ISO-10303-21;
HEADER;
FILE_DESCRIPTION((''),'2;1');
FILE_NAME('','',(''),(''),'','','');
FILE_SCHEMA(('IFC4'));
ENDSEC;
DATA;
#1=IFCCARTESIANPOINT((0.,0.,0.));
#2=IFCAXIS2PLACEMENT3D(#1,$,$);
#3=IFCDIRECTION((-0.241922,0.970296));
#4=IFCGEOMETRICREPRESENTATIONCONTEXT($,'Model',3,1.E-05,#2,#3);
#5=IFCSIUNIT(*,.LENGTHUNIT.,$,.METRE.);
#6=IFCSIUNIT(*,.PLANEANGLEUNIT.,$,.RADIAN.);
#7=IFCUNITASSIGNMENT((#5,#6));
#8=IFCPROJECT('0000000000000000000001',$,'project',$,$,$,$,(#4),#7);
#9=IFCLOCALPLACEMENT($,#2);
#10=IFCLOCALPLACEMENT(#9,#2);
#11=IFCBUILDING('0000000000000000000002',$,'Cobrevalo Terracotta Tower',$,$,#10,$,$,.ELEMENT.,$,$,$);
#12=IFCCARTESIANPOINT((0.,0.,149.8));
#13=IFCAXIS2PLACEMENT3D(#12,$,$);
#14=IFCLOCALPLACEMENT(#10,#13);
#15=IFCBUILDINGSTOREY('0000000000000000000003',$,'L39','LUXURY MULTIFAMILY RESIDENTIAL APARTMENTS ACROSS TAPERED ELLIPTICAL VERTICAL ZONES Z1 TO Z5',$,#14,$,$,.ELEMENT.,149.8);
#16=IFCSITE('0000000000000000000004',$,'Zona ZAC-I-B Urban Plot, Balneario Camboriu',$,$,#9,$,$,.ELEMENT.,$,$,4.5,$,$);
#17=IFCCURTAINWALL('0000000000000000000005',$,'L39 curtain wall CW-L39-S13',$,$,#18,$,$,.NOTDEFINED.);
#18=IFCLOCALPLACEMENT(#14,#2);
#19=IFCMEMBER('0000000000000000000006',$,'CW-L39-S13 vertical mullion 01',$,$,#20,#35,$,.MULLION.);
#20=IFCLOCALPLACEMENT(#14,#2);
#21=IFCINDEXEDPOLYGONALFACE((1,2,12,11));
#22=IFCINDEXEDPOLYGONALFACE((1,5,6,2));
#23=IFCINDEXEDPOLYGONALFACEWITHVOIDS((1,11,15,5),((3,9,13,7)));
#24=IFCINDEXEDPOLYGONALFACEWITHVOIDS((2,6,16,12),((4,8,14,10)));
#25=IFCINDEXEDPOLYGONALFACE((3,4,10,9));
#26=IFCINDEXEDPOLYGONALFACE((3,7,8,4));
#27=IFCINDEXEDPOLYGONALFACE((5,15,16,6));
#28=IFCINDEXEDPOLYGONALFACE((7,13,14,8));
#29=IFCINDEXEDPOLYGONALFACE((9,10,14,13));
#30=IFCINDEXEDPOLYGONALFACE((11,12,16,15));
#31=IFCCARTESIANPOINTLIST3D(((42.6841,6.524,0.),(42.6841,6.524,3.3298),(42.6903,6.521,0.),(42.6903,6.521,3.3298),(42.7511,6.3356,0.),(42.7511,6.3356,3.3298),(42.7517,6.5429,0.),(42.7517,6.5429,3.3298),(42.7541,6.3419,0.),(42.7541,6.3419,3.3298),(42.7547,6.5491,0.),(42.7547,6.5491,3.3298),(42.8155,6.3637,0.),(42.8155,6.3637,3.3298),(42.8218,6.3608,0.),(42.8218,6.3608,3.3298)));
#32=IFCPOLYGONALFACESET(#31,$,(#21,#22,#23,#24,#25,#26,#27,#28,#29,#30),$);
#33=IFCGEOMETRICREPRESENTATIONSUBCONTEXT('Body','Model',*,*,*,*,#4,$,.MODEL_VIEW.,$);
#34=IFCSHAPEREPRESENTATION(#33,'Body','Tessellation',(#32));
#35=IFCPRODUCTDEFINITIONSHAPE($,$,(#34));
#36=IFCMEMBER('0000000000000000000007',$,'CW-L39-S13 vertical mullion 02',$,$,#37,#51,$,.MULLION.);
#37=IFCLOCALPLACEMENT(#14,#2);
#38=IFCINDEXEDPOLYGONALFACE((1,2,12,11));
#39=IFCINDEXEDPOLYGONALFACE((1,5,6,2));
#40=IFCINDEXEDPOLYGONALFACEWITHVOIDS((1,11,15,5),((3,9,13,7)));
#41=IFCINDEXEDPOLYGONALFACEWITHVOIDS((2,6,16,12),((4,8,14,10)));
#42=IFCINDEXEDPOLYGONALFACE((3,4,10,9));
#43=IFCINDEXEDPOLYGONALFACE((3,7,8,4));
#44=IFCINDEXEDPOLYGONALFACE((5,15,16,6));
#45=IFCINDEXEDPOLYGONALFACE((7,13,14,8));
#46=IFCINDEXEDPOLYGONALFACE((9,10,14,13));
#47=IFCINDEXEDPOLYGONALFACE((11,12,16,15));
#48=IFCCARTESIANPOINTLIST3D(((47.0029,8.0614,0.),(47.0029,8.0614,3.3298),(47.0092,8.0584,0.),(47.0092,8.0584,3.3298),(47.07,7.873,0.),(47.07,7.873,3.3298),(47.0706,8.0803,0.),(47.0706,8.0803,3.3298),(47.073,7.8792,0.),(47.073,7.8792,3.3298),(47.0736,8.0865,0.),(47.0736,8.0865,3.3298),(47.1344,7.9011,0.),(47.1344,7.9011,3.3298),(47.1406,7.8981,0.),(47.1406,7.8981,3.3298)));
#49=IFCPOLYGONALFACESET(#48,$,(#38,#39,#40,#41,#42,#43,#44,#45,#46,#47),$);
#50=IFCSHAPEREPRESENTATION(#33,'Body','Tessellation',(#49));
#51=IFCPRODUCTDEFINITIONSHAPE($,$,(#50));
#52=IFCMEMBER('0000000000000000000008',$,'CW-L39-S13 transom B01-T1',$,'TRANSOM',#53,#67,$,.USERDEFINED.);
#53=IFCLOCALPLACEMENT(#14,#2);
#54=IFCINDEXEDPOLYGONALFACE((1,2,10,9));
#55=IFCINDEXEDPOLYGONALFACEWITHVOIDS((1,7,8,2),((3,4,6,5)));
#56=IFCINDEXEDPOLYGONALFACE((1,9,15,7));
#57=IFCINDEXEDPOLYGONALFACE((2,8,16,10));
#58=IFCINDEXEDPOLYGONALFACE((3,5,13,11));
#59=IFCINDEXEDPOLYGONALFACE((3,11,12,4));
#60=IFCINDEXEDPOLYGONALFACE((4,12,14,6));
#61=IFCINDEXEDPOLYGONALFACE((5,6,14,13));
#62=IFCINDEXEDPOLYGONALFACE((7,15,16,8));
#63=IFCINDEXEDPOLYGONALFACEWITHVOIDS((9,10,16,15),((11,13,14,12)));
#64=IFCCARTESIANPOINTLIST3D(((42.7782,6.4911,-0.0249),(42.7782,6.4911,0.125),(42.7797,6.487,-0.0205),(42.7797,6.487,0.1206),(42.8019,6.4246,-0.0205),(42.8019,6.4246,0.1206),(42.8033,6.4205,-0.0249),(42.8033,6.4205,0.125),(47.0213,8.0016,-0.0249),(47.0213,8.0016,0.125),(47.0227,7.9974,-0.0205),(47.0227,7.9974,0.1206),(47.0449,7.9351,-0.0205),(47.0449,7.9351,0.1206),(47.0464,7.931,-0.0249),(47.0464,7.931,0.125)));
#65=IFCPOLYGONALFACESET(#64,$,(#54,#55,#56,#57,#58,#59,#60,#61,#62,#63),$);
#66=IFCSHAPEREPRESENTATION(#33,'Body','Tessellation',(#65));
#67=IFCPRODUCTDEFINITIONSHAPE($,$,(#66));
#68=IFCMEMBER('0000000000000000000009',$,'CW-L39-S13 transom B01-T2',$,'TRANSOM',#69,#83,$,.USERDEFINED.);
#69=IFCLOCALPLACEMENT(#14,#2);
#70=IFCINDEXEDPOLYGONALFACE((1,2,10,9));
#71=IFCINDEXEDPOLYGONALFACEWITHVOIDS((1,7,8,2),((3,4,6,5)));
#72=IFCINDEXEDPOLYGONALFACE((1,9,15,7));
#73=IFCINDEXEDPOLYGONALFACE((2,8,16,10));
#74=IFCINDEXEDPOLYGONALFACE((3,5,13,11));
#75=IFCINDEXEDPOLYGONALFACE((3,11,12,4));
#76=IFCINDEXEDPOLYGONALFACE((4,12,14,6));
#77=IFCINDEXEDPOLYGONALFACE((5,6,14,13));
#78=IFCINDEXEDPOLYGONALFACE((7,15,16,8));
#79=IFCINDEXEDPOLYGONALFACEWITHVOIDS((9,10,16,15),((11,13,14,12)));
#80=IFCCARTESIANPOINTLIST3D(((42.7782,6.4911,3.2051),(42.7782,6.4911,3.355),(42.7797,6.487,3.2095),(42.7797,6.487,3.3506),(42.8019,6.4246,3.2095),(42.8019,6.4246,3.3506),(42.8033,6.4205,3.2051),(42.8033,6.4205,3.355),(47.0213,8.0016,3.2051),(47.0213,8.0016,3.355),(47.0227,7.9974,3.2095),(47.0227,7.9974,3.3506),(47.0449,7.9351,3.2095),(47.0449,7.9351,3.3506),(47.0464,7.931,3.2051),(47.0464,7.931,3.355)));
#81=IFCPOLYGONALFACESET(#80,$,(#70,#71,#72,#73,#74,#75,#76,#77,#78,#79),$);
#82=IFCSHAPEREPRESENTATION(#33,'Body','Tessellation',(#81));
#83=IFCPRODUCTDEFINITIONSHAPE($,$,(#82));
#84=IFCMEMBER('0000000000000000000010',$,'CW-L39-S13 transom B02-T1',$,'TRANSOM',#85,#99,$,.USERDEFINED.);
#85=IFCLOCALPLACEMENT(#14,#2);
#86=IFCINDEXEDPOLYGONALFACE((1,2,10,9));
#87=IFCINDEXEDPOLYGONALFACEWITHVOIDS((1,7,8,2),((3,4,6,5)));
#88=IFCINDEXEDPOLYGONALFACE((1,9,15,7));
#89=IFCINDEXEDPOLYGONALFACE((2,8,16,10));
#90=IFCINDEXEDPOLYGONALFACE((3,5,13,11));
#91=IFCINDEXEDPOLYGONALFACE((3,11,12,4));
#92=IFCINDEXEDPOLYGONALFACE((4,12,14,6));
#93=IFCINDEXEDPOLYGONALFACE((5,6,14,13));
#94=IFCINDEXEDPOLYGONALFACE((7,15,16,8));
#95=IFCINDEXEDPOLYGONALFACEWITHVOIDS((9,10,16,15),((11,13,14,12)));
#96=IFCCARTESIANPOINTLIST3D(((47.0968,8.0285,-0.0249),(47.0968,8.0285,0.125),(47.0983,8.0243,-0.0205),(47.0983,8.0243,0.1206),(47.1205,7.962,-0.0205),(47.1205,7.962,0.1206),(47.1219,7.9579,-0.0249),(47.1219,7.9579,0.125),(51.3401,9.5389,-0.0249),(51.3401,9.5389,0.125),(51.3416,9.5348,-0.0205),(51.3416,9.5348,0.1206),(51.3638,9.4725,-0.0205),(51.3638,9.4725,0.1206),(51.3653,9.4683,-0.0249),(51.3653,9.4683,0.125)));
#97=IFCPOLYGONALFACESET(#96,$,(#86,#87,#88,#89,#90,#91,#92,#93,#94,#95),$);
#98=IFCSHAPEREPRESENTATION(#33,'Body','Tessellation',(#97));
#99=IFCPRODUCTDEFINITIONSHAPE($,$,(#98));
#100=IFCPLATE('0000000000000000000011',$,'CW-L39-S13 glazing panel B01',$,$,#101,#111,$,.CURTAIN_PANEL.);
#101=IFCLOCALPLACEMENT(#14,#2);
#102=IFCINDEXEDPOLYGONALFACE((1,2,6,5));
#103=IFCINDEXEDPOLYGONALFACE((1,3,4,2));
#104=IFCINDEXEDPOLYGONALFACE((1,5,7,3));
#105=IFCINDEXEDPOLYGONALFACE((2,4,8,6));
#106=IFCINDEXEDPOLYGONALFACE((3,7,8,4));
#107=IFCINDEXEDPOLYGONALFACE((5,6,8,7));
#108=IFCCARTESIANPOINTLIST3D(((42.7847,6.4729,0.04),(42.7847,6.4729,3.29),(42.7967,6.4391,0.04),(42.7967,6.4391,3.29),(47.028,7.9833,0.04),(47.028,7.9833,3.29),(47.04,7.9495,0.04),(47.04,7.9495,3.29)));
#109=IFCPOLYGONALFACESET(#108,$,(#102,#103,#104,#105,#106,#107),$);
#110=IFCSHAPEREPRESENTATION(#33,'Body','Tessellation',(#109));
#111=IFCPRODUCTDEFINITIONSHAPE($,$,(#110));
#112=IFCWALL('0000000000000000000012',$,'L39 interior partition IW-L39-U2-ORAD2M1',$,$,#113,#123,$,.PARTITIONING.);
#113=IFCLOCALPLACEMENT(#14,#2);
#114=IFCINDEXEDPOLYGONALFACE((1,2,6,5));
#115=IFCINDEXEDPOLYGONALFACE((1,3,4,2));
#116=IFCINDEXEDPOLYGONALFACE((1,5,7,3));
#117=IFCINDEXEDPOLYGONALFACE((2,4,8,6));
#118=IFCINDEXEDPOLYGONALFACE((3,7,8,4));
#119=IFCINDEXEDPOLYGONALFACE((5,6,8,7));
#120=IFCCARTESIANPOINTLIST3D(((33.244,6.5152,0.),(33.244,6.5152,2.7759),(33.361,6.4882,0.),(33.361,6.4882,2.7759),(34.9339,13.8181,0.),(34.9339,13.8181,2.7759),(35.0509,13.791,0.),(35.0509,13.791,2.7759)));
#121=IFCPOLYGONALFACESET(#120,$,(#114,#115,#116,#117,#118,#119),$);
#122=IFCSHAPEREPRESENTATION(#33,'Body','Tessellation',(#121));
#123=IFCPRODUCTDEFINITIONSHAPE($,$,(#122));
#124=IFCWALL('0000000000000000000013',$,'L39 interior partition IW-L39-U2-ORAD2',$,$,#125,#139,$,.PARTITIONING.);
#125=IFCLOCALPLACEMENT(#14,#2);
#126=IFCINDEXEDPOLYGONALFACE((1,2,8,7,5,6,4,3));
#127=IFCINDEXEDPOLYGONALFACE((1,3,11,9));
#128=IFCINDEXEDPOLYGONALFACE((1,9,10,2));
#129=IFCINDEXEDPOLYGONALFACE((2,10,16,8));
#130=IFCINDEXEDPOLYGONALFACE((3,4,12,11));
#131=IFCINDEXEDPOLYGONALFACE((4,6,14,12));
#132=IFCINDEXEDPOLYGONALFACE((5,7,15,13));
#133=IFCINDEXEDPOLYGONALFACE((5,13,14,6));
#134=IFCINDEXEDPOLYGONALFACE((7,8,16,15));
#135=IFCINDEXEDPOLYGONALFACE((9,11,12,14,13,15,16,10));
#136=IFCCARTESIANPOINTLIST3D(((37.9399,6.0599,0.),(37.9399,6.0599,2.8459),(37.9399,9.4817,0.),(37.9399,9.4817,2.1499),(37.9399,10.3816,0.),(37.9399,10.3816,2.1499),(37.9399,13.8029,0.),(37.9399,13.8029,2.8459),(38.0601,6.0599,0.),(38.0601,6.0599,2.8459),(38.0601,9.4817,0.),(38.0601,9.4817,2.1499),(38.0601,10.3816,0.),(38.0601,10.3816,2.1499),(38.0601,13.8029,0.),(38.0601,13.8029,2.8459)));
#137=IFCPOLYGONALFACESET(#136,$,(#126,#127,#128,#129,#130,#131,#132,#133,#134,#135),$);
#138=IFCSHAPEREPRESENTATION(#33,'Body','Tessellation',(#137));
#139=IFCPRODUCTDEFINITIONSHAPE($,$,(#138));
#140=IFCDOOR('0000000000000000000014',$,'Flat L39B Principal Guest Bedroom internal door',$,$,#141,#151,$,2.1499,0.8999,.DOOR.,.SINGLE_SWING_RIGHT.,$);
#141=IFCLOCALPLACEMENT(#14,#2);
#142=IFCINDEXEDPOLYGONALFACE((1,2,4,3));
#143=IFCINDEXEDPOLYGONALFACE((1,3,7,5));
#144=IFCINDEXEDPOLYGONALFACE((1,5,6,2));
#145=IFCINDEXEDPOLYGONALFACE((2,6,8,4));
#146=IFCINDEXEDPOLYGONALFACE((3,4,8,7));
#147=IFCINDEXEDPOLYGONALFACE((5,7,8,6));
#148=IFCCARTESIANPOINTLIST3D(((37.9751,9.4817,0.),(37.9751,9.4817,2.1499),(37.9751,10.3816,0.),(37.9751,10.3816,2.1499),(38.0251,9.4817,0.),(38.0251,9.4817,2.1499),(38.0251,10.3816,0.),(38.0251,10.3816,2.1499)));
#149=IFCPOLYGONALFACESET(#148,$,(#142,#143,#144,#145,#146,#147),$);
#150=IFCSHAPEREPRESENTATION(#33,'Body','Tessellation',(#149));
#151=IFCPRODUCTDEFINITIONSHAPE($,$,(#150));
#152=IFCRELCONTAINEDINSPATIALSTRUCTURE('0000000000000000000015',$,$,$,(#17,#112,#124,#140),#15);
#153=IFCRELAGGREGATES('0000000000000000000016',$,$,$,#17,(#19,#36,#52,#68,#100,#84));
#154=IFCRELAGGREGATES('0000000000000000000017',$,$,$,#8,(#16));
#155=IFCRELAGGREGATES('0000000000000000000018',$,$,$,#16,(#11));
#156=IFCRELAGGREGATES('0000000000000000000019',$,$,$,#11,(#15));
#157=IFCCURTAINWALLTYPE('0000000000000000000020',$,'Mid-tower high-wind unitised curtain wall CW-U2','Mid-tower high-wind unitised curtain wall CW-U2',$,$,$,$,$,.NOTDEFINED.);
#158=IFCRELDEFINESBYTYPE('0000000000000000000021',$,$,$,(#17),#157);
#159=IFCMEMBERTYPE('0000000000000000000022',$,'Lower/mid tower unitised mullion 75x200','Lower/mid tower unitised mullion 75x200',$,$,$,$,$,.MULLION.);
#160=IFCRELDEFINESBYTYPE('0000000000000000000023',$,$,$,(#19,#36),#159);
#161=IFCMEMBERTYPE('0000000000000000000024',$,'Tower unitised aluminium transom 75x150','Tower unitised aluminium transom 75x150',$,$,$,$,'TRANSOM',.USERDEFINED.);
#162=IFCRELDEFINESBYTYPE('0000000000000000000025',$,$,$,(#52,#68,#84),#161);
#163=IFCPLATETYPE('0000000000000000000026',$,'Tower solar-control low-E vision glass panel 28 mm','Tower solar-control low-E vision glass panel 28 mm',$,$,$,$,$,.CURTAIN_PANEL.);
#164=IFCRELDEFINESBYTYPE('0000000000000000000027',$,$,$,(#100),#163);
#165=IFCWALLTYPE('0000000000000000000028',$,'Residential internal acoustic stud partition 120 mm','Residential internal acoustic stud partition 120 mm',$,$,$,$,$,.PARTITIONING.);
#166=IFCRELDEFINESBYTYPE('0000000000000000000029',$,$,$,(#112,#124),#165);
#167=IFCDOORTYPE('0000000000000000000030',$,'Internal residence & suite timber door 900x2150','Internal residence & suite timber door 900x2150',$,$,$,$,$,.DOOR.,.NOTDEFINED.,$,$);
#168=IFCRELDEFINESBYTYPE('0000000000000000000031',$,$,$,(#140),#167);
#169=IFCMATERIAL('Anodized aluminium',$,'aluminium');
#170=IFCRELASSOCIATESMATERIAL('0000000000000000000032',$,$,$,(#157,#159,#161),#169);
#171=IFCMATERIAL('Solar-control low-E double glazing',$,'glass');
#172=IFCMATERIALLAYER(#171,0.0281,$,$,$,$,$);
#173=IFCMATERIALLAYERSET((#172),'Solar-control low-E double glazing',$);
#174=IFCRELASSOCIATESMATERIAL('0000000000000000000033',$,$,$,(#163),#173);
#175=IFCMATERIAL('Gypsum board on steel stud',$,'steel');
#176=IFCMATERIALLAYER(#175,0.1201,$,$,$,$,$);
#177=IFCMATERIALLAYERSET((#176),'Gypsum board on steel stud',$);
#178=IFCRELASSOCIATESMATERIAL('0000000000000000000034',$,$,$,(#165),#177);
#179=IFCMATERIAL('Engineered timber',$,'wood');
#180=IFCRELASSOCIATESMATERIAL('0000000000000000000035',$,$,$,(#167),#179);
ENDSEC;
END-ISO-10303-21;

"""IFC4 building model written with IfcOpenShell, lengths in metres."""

from ifc_helpers import new_model, si_unit, direction, frame, frame_2d, origin, origin_2d, place, context, subcontext, project, spatial, rectangle, hollow_rectangle, extrude, source, transform, mapped, material, layer, layer_set, material_profile, profile_set, type_object, element, fill, aggregate, save


model = new_model("IFC4")

# Units and contexts
model_context = context("Model", 3, precision=1e-05, world=origin(), true_north=direction((-0.241922, 0.970296)))
body_context = subcontext(model_context, "Body", "Model", "MODEL_VIEW")
ifc_project = project(units=[si_unit("LENGTHUNIT", "METRE"), si_unit("PLANEANGLEUNIT", "RADIAN")], contexts=[model_context])

# Site, building, storey
site_placement = place(None, origin())
site = spatial("IfcSite", under=ifc_project, at=site_placement, Name="Zona ZAC-I-B Urban Plot, Balneario Camboriu", CompositionType="ELEMENT", RefElevation=4.5)
building_placement = place(site_placement, origin())
building = spatial("IfcBuilding", under=site, at=building_placement, Name="Cobrevalo Terracotta Tower", CompositionType="ELEMENT")
storey_placement = place(building_placement, frame((0.0, 0.0, 149.8)))
storey = spatial("IfcBuildingStorey", under=building, at=storey_placement, Name="L39", Description="LUXURY MULTIFAMILY RESIDENTIAL APARTMENTS ACROSS TAPERED ELLIPTICAL VERTICAL ZONES Z1 TO Z5", CompositionType="ELEMENT", Elevation=149.8)

# Curtain wall, members, plate
ifc_material_1 = material(Name="Anodized aluminium", Category="aluminium")
curtain_wall_type = type_object("IfcCurtainWallType", Name="Mid-tower high-wind unitised curtain wall CW-U2", Description="Mid-tower high-wind unitised curtain wall CW-U2", PredefinedType="NOTDEFINED", material=ifc_material_1)
curtain_wall_placement = place(storey_placement, origin())
curtain_wall = element("IfcCurtainWall", 1, at=curtain_wall_placement, inside=storey, type_object=curtain_wall_type, Name="L39 curtain wall CW-L39-S13", PredefinedType="NOTDEFINED")
ifc_material_profile_1 = material_profile(ifc_material_1, hollow_rectangle(XDim=0.075, YDim=0.2, WallThickness=0.0049, at=origin_2d()), Name="CWM 75x200")
ifc_profile_set_1 = profile_set([ifc_material_profile_1], Name="Anodized aluminium")
member_type_1 = type_object("IfcMemberType", Name="Lower/mid tower unitised mullion 75x200", Description="Lower/mid tower unitised mullion 75x200", PredefinedType="MULLION", material=ifc_profile_set_1)
shared_shape_1 = source(origin(), body_context, "Body", "SweptSolid", [
    extrude(hollow_rectangle(XDim=0.075, YDim=0.2, WallThickness=0.0049, at=origin_2d()), origin(), (0.0, 0.0, 1.0), 3.3298),
])
member_1_placement = place(storey_placement, frame((42.7529, 6.4424, 0.0), z_axis=(0.0, 0.0, 1.0), x_axis=(0.942098, 0.335336, 0.0)))
member_1 = element("IfcMember", 2, at=member_1_placement, type_object=member_type_1, Name="CW-L39-S13 vertical mullion 01", PredefinedType="MULLION", context=body_context, shape_type="MappedRepresentation", body=[
    mapped(shared_shape_1, transform((0.0, 0.0, 0.0), scale=1.0)),
])
member_2_placement = place(storey_placement, frame((47.0718, 7.9797, 0.0), z_axis=(0.0, 0.0, 1.0), x_axis=(0.942098, 0.335336, 0.0)))
member_2 = element("IfcMember", 3, at=member_2_placement, type_object=member_type_1, Name="CW-L39-S13 vertical mullion 02", PredefinedType="MULLION", context=body_context, shape_type="MappedRepresentation", body=[
    mapped(shared_shape_1, transform((0.0, 0.0, 0.0), scale=1.0)),
])
ifc_material_profile_2 = material_profile(ifc_material_1, hollow_rectangle(XDim=0.075, YDim=0.1499, WallThickness=0.0044, at=origin_2d()), Name="CWT 75x150")
ifc_profile_set_2 = profile_set([ifc_material_profile_2], Name="Anodized aluminium")
member_type_2 = type_object("IfcMemberType", Name="Tower unitised aluminium transom 75x150", Description="Tower unitised aluminium transom 75x150", ElementType="TRANSOM", PredefinedType="USERDEFINED", material=ifc_profile_set_2)
shared_shape_2 = source(origin(), body_context, "Body", "SweptSolid", [
    extrude(hollow_rectangle(XDim=0.075, YDim=0.1499, WallThickness=0.0044, at=origin_2d()), origin(), (0.0, 0.0, 1.0), 4.5039),
])
member_3_placement = place(storey_placement, frame((42.7908, 6.4558, 0.05), z_axis=(0.942087, 0.335368, 0.0), x_axis=(-0.335368, 0.942087, 0.0)))
member_3 = element("IfcMember", 4, at=member_3_placement, type_object=member_type_2, Name="CW-L39-S13 transom B01-T1", ObjectType="TRANSOM", PredefinedType="USERDEFINED", context=body_context, shape_type="MappedRepresentation", body=[
    mapped(shared_shape_2, transform((0.0, 0.0, 0.0), scale=1.0)),
])
member_4_placement = place(storey_placement, frame((42.7908, 6.4558, 3.28), z_axis=(0.942087, 0.335368, 0.0), x_axis=(-0.335368, 0.942087, 0.0)))
member_4 = element("IfcMember", 5, at=member_4_placement, type_object=member_type_2, Name="CW-L39-S13 transom B01-T2", ObjectType="TRANSOM", PredefinedType="USERDEFINED", context=body_context, shape_type="MappedRepresentation", body=[
    mapped(shared_shape_2, transform((0.0, 0.0, 0.0), scale=1.0)),
])
shared_shape_3 = source(origin(), body_context, "Body", "SweptSolid", [
    extrude(hollow_rectangle(XDim=0.075, YDim=0.1499, WallThickness=0.0044, at=origin_2d()), origin(), (0.0, 0.0, 1.0), 4.5042),
])
member_5_placement = place(storey_placement, frame((47.1094, 7.9932, 0.05), z_axis=(0.942093, 0.335351, 0.0), x_axis=(-0.335351, 0.942093, 0.0)))
member_5 = element("IfcMember", 6, at=member_5_placement, type_object=member_type_2, Name="CW-L39-S13 transom B02-T1", ObjectType="TRANSOM", PredefinedType="USERDEFINED", context=body_context, shape_type="MappedRepresentation", body=[
    mapped(shared_shape_3, transform((0.0, 0.0, 0.0), scale=1.0)),
])
ifc_material_2 = material(Name="Solar-control low-E double glazing", Category="glass")
ifc_layer_1 = layer(ifc_material_2, 0.0281)
ifc_layer_set_1 = layer_set([ifc_layer_1], Name="Solar-control low-E double glazing")
plate_type = type_object("IfcPlateType", Name="Tower solar-control low-E vision glass panel 28 mm", Description="Tower solar-control low-E vision glass panel 28 mm", PredefinedType="CURTAIN_PANEL", material=ifc_layer_set_1)
shared_shape_4 = source(origin(), body_context, "Body", "SweptSolid", [
    extrude(rectangle(XDim=4.5042, YDim=0.0359, at=origin_2d()), origin(), (0.0, 0.0, 1.0), 3.25),
])
plate_placement = place(storey_placement, frame((44.9124, 7.2112, 0.04), z_axis=(0.0, 0.0, 1.0), x_axis=(0.942098, 0.335336, 0.0)))
plate = element("IfcPlate", 7, at=plate_placement, type_object=plate_type, Name="CW-L39-S13 glazing panel B01", PredefinedType="CURTAIN_PANEL", context=body_context, shape_type="MappedRepresentation", body=[
    mapped(shared_shape_4, transform((0.0, 0.0, 0.0), scale=1.0)),
])
aggregate(curtain_wall, [member_1, member_2, member_3, member_4, plate, member_5])

# Wall
ifc_material_3 = material(Name="Gypsum board on steel stud", Category="steel")
ifc_layer_2 = layer(ifc_material_3, 0.1201)
ifc_layer_set_2 = layer_set([ifc_layer_2], Name="Gypsum board on steel stud")
wall_type = type_object("IfcWallType", Name="Residential internal acoustic stud partition 120 mm", Description="Residential internal acoustic stud partition 120 mm", PredefinedType="PARTITIONING", material=ifc_layer_set_2)
wall_1_placement = place(storey_placement, frame((34.9924, 13.8047, 0.0), z_axis=(0.0, 0.0, 1.0), x_axis=(-0.225447, -0.974255, 0.0)))
element("IfcWall", 8, at=wall_1_placement, inside=storey, type_object=wall_type, Name="L39 interior partition IW-L39-U2-ORAD2M1", PredefinedType="PARTITIONING", context=body_context, shape_type="SweptSolid", body=[
    extrude(rectangle(XDim=7.4958, YDim=0.1201, at=frame_2d((3.748, 0.0))), origin(), (0.0, 0.0, 1.0), 2.7759),
])

# Wall, opening, door
wall_2_placement = place(storey_placement, frame((38.0, 13.803, 0.0), z_axis=(0.0, 0.0, 1.0), x_axis=(0.0, -1.0, 0.0)))
wall_2 = element("IfcWall", 9, at=wall_2_placement, inside=storey, type_object=wall_type, Name="L39 interior partition IW-L39-U2-ORAD2", PredefinedType="PARTITIONING", context=body_context, shape_type="SweptSolid", body=[
    extrude(rectangle(XDim=7.7429, YDim=0.1201, at=frame_2d((3.8716, 0.0))), origin(), (0.0, 0.0, 1.0), 2.8459),
])
opening_1_placement = place(wall_2_placement, frame((3.4214, 0.0, 0.0)))
opening_1 = element("IfcOpeningElement", 10, at=opening_1_placement, cuts=wall_2, PredefinedType="OPENING", context=body_context, shape_type="SweptSolid", body=[
    extrude(rectangle(XDim=0.8999, YDim=2.1499, at=frame_2d((0.45, 1.075))), frame((0.0, 0.0701, 0.0), z_axis=(0.0, -1.0, 0.0), x_axis=(1.0, 0.0, 0.0)), (0.0, 0.0, 1.0), 0.1401),
])
ifc_material_4 = material(Name="Engineered timber", Category="wood")
door_type = type_object("IfcDoorType", Name="Internal residence & suite timber door 900x2150", Description="Internal residence & suite timber door 900x2150", OperationType="NOTDEFINED", PredefinedType="DOOR", material=ifc_material_4)
shared_shape_5 = source(origin(), body_context, "Body", "SweptSolid", [
    extrude(rectangle(XDim=0.8999, YDim=2.1499, at=frame_2d((0.45, 1.075))), frame((0.0, 0.0249, 0.0), z_axis=(0.0, -1.0, 0.0), x_axis=(1.0, 0.0, 0.0)), (0.0, 0.0, 1.0), 0.05),
])
door_1_placement = place(opening_1_placement, frame((0.8999, 0.0, 0.0), z_axis=(0.0, 0.0, 1.0), x_axis=(-1.0, 0.0, 0.0)))
door_1 = element("IfcDoor", 11, at=door_1_placement, inside=storey, type_object=door_type, Name="Flat L39B Principal Guest Bedroom internal door", OperationType="SINGLE_SWING_RIGHT", OverallHeight=2.1499, OverallWidth=0.8999, PredefinedType="DOOR", context=body_context, shape_type="MappedRepresentation", body=[
    mapped(shared_shape_5, transform((0.0, 0.0, 0.0), scale=1.0)),
])
fill(opening_1, door_1)

save(model, "model.ifc")
